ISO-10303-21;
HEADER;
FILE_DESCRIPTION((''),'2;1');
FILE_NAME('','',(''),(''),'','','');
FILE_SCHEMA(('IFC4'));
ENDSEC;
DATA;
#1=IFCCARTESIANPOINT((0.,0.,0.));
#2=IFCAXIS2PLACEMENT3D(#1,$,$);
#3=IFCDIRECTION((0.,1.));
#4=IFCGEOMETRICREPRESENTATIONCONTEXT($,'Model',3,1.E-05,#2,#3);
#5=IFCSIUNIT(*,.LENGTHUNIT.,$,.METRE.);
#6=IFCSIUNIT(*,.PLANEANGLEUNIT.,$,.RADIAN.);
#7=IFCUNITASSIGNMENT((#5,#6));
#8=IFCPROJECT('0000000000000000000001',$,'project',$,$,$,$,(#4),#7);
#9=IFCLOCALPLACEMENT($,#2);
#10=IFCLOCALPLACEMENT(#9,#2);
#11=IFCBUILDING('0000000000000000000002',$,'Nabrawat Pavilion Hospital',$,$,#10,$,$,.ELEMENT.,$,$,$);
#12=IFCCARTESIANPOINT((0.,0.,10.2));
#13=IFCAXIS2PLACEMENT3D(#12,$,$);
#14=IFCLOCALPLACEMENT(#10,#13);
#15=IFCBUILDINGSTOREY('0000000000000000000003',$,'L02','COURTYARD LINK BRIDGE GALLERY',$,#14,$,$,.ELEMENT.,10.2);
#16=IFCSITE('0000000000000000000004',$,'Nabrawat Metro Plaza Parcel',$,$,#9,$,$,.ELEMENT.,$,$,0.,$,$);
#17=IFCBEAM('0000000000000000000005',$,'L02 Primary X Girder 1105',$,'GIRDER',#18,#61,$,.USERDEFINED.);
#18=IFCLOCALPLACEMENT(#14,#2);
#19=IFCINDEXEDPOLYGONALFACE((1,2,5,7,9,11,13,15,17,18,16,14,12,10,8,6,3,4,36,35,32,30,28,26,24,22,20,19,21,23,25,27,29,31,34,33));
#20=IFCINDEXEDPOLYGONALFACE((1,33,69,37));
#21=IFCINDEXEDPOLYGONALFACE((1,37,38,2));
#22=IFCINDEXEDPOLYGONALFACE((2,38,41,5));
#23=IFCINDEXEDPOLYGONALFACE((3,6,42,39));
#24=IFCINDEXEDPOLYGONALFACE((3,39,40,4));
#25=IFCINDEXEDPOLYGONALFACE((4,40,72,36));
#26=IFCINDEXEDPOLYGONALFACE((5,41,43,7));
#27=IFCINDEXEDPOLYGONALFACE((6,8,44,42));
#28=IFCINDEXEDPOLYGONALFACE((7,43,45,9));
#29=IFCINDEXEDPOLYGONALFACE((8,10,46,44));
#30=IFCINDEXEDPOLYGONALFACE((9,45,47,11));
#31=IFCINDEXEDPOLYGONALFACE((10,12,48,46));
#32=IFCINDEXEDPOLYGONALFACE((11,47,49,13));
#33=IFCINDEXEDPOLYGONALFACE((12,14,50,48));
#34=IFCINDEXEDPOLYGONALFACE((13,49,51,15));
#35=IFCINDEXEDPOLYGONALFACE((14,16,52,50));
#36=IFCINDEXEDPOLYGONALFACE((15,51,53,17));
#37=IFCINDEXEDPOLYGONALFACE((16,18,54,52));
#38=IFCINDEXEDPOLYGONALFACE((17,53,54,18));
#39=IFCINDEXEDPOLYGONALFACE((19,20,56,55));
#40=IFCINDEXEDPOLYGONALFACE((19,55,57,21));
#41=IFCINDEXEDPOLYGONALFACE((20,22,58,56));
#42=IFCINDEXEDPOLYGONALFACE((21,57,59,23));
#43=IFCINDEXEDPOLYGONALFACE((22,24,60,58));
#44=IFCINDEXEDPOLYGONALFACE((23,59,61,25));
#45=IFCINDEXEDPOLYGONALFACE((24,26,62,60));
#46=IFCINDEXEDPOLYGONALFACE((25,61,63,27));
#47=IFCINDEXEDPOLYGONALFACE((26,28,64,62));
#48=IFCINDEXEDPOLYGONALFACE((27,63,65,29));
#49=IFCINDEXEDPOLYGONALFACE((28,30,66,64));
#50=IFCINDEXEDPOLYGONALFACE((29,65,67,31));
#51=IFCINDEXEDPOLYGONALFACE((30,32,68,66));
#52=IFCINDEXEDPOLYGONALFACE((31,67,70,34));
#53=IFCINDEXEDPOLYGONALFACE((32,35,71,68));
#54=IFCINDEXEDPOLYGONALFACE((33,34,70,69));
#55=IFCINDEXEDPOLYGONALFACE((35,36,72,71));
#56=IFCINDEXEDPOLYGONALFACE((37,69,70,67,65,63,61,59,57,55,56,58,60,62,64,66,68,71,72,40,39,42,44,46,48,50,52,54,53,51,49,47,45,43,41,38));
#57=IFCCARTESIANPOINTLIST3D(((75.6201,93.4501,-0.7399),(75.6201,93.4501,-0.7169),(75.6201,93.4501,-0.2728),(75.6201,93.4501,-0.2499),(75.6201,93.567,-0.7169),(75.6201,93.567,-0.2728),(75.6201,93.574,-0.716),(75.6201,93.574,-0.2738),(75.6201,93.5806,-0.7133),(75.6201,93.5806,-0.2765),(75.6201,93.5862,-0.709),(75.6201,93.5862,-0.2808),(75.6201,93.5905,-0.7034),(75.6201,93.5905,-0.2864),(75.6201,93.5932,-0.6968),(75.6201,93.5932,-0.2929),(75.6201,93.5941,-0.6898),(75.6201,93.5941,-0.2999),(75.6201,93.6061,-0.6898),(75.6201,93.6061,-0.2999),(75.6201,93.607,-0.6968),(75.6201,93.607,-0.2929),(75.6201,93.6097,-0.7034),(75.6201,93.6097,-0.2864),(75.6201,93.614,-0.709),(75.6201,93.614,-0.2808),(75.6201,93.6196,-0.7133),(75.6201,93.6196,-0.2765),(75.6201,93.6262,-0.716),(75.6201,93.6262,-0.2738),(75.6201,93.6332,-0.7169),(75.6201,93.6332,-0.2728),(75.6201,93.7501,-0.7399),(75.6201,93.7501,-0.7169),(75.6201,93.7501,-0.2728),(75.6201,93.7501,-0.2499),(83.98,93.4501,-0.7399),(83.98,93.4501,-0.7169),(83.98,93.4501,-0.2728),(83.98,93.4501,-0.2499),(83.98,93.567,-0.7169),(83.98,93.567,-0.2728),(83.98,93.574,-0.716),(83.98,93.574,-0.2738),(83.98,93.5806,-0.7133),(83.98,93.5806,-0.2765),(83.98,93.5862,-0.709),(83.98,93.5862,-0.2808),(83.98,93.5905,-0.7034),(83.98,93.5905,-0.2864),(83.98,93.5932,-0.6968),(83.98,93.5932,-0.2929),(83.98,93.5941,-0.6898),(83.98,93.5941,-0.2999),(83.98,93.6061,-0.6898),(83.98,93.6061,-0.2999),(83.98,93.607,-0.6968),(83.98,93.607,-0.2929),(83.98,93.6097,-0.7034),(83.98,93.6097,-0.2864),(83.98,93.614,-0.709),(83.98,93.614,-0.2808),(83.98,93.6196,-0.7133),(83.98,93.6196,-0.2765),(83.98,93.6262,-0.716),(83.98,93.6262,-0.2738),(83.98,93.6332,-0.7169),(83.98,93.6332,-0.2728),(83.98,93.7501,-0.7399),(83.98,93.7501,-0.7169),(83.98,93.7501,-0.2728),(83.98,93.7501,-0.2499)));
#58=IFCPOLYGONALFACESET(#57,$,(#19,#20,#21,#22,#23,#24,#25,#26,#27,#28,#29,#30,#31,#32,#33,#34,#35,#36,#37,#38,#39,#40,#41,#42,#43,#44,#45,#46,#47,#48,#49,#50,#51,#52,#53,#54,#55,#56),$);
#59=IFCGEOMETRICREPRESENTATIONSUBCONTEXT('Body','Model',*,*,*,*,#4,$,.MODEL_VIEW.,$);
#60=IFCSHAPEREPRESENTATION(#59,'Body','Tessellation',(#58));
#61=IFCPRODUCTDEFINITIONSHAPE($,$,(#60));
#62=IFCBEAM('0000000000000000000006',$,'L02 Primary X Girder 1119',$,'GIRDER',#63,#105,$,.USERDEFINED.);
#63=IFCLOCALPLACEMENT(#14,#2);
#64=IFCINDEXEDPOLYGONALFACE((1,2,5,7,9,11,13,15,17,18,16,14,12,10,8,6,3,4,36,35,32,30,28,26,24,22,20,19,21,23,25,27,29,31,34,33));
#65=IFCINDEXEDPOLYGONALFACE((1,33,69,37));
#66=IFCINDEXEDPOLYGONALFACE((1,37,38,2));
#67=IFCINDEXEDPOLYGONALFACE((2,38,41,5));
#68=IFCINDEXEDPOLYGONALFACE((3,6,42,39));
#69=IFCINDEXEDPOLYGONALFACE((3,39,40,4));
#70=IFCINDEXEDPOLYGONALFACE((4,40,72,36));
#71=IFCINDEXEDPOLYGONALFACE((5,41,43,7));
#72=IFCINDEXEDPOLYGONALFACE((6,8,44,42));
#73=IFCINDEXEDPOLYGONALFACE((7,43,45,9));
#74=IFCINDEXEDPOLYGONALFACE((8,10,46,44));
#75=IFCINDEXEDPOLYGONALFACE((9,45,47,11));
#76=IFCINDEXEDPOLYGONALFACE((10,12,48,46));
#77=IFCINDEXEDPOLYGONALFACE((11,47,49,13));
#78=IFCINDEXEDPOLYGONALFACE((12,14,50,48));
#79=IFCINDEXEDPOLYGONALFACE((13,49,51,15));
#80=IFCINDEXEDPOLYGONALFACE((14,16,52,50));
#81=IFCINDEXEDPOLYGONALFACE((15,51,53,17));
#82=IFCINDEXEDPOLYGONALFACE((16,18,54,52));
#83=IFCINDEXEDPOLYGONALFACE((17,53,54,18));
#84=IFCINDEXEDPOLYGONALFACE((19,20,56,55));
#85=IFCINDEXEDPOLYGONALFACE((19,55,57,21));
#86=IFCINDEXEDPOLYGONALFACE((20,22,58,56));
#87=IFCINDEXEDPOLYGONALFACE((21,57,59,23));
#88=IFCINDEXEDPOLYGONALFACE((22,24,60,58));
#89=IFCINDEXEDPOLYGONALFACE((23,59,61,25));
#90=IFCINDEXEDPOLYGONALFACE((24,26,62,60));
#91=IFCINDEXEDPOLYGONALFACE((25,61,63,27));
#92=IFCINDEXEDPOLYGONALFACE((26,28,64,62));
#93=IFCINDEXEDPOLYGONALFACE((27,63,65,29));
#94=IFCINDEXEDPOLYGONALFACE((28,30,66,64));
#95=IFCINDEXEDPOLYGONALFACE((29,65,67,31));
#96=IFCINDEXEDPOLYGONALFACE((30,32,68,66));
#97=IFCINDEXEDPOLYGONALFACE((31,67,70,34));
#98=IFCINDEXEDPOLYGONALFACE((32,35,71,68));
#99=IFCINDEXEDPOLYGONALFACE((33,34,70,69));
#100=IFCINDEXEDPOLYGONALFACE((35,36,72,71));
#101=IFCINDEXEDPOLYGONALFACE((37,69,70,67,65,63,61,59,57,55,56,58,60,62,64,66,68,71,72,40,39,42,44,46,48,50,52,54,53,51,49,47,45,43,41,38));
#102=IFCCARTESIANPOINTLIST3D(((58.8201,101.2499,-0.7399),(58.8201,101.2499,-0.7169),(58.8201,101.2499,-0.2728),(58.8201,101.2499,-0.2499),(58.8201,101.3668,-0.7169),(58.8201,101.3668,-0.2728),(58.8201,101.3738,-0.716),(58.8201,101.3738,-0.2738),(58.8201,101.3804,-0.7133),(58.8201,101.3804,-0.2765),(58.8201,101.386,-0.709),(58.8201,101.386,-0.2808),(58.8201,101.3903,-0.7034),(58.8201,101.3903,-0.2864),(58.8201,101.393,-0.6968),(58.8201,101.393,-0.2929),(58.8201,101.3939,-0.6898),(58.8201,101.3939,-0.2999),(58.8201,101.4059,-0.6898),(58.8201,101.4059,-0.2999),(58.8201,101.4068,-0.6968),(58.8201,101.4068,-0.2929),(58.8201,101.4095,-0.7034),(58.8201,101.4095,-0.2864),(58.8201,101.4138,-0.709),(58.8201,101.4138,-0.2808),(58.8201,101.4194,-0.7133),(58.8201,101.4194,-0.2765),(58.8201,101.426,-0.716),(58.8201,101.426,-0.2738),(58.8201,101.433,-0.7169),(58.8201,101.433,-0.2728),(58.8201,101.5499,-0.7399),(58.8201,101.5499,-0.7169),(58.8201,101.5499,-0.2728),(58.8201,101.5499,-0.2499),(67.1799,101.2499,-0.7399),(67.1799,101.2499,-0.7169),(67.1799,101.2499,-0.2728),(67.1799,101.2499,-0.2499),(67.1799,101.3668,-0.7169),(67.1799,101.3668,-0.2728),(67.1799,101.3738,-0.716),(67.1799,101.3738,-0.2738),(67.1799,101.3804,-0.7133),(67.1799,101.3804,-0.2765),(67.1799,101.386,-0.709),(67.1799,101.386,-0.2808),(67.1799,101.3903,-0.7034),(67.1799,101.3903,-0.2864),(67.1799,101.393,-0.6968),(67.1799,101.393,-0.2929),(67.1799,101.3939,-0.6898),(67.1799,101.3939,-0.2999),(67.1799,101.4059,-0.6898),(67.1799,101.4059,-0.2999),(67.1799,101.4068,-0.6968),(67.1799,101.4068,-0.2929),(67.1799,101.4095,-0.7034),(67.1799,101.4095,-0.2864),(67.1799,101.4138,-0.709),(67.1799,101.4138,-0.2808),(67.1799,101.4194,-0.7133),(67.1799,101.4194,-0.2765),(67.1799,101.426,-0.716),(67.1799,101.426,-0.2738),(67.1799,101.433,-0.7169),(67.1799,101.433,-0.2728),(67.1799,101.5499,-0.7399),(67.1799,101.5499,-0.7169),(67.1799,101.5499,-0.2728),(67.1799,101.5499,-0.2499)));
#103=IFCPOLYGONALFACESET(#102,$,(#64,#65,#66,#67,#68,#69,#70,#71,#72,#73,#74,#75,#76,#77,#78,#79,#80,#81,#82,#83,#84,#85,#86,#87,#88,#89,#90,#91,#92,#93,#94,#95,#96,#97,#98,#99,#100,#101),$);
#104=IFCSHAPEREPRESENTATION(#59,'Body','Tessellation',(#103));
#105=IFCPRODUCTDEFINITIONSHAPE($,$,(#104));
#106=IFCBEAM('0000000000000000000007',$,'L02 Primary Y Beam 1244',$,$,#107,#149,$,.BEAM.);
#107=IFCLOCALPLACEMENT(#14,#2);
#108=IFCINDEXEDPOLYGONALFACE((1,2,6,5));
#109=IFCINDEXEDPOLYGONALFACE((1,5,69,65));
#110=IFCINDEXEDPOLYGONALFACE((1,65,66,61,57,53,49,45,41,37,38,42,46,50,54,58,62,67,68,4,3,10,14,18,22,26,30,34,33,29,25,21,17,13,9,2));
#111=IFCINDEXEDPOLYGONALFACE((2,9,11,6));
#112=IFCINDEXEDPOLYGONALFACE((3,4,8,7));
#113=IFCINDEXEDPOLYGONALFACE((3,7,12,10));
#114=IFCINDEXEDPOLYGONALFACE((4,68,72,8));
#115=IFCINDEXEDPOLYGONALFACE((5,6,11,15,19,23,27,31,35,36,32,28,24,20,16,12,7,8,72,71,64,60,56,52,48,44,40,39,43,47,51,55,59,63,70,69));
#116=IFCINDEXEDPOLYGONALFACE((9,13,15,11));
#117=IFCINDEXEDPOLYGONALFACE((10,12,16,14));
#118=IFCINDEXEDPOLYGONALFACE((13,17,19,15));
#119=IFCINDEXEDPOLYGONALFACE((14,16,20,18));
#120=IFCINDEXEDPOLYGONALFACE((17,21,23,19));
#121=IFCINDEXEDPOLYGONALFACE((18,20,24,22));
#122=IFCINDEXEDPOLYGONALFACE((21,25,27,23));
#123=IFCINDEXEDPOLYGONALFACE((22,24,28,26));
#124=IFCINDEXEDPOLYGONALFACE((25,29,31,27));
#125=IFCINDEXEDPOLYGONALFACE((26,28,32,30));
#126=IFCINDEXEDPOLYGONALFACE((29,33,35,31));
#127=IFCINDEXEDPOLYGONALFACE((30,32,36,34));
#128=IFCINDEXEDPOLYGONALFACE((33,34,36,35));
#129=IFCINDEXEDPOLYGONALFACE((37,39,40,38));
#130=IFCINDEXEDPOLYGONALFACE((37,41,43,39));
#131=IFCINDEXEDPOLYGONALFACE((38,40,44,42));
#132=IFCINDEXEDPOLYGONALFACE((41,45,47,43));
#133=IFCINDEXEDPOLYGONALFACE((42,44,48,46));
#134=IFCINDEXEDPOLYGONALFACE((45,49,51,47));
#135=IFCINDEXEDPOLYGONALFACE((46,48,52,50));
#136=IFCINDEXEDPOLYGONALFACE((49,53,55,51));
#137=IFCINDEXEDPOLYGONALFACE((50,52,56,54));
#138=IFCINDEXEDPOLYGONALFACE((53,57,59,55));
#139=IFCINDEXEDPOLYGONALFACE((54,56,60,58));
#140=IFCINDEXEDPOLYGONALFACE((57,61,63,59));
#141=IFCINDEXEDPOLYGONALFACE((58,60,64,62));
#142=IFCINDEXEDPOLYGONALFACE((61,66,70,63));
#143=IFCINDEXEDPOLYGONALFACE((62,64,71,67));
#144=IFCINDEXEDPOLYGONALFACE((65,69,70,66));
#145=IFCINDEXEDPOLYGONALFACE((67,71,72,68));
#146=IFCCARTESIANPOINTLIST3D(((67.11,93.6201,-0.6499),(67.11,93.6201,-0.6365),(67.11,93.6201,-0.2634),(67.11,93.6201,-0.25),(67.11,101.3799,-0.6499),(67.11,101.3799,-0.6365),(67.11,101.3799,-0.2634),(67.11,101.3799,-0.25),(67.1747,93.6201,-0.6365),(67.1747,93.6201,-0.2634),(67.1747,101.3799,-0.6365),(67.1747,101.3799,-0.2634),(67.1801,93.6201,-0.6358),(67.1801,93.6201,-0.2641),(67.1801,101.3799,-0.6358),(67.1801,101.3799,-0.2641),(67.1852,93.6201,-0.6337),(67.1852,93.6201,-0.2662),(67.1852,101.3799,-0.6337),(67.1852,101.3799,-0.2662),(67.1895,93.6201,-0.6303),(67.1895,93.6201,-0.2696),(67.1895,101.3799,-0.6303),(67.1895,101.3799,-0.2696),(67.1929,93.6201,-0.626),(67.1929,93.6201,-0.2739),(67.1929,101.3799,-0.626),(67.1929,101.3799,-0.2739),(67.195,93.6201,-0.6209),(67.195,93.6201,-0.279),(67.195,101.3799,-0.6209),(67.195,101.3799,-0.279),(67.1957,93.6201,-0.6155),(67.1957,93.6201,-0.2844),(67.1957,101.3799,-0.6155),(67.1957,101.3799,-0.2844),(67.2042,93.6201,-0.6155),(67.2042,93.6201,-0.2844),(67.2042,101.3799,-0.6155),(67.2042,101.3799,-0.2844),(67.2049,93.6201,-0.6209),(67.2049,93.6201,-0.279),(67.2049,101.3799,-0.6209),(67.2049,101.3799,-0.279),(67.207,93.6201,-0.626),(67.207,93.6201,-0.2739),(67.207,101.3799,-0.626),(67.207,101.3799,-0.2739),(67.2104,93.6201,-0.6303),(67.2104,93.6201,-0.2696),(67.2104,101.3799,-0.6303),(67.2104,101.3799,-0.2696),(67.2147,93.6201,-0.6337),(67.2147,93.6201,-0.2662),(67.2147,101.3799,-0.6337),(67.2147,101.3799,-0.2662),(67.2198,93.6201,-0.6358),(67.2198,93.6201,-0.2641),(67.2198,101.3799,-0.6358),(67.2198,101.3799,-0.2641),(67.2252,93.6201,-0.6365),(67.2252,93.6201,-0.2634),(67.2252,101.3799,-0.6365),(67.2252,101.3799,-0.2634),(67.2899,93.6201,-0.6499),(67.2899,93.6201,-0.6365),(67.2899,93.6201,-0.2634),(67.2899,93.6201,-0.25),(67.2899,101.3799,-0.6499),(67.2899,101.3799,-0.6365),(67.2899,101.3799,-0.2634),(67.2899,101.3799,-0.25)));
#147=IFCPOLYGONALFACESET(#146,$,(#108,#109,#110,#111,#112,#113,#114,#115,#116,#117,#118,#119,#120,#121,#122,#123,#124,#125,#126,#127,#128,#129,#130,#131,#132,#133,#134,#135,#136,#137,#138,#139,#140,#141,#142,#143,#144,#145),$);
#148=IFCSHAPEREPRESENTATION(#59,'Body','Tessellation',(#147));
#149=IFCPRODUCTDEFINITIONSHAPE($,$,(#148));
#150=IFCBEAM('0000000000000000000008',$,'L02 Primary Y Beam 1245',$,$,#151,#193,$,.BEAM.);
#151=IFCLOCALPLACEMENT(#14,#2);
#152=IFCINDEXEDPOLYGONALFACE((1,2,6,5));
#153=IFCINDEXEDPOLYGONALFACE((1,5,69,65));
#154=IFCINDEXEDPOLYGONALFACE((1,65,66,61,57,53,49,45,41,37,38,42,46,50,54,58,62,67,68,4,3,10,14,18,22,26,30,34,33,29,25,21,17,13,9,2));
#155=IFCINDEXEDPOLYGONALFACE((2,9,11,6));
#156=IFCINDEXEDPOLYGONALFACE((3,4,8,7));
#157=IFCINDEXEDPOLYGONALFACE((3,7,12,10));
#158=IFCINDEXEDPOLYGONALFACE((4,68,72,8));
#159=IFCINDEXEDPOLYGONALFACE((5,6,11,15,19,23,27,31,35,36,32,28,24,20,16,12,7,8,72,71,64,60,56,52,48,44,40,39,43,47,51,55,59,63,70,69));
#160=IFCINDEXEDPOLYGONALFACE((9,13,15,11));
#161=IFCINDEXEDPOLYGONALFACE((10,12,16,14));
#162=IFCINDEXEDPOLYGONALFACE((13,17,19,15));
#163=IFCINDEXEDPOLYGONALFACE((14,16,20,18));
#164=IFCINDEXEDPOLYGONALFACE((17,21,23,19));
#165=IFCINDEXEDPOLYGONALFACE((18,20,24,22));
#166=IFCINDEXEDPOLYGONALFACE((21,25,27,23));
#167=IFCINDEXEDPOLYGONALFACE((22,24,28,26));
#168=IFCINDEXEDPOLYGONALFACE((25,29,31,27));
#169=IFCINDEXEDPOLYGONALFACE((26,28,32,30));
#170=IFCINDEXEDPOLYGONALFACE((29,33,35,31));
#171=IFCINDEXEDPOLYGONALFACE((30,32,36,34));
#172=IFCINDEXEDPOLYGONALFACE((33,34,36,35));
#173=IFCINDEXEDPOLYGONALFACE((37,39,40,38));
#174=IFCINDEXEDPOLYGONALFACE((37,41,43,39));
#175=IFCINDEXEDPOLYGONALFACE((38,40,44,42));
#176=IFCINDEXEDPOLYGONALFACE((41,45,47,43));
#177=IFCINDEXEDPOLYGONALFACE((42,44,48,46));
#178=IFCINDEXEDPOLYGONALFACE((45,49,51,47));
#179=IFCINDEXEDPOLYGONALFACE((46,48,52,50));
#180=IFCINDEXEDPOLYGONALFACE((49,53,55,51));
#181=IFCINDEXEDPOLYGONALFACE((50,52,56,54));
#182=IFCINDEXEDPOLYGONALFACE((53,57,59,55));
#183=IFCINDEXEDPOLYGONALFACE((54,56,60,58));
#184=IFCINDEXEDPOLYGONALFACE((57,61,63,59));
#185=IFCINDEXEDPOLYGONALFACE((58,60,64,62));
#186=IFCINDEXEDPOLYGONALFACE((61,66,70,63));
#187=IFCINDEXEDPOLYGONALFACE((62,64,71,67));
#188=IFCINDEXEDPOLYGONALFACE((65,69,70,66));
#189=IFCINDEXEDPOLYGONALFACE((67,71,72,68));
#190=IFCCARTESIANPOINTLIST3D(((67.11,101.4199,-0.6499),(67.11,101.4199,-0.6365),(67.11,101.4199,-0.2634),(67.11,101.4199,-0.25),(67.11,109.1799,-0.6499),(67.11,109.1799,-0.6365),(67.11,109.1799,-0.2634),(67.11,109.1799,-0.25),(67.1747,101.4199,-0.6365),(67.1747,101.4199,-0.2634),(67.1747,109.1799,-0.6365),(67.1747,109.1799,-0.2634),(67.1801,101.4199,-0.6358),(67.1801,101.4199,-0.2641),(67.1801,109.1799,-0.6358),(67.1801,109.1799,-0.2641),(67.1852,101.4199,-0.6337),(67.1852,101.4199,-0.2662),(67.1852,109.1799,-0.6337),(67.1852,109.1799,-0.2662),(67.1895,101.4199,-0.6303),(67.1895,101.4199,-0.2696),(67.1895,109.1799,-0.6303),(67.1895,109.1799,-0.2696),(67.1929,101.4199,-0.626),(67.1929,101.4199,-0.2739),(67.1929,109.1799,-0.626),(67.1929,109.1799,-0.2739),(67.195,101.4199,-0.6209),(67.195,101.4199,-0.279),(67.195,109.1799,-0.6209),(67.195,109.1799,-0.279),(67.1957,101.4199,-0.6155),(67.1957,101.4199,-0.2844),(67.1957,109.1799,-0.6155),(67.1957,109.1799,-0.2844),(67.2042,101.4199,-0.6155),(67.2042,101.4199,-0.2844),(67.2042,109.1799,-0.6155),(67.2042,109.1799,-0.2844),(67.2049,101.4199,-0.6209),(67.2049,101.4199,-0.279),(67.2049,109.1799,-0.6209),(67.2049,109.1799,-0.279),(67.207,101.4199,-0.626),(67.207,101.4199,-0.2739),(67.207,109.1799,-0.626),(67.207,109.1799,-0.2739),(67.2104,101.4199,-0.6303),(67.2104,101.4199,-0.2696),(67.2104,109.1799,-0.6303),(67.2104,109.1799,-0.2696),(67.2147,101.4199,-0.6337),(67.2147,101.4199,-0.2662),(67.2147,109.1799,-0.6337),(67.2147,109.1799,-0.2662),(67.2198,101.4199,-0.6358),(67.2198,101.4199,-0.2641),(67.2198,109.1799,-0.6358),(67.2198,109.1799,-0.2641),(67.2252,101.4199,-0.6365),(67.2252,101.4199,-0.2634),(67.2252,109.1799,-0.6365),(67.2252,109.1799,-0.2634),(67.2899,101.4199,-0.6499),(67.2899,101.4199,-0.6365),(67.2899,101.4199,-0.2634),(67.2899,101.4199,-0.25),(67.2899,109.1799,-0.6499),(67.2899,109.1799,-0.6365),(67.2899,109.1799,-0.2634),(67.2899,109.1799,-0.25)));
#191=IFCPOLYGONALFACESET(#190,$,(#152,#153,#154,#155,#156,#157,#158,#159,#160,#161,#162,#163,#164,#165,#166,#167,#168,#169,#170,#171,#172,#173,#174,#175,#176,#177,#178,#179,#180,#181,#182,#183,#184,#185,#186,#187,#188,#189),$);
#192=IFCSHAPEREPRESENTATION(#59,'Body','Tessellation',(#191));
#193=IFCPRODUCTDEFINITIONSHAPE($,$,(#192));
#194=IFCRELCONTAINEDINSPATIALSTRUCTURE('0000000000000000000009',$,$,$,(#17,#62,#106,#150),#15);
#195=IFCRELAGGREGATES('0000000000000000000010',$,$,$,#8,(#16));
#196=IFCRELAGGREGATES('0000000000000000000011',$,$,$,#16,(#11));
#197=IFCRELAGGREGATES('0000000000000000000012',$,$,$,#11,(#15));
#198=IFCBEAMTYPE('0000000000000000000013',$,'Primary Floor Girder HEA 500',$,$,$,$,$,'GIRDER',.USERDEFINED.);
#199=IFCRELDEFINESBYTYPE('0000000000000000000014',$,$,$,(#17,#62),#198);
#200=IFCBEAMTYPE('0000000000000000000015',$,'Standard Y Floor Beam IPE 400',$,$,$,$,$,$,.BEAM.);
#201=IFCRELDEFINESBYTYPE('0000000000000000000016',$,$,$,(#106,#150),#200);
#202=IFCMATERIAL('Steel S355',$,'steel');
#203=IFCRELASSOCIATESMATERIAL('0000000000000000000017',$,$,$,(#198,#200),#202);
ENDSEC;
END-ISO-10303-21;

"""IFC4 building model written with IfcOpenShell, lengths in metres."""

from ifc_helpers import new_model, si_unit, direction, frame, origin, origin_2d, place, context, subcontext, project, spatial, i_section, extrude, material, material_profile, profile_set, type_object, element, save


model = new_model("IFC4")

# Units and contexts
model_context = context("Model", 3, precision=1e-05, world=origin(), true_north=direction((0.0, 1.0)))
body_context = subcontext(model_context, "Body", "Model", "MODEL_VIEW")
ifc_project = project(units=[si_unit("LENGTHUNIT", "METRE"), si_unit("PLANEANGLEUNIT", "RADIAN")], contexts=[model_context])

# Site, building, storey
site_placement = place(None, origin())
site = spatial("IfcSite", under=ifc_project, at=site_placement, Name="Nabrawat Metro Plaza Parcel", CompositionType="ELEMENT", RefElevation=0.0)
building_placement = place(site_placement, origin())
building = spatial("IfcBuilding", under=site, at=building_placement, Name="Nabrawat Pavilion Hospital", CompositionType="ELEMENT")
storey_placement = place(building_placement, frame((0.0, 0.0, 10.2)))
storey = spatial("IfcBuildingStorey", under=building, at=storey_placement, Name="L02", Description="COURTYARD LINK BRIDGE GALLERY", CompositionType="ELEMENT", Elevation=10.2)

# Shared definitions
ifc_material_1 = material(Name="Steel S355", Category="steel")

# Beams
ifc_material_profile_1 = material_profile(ifc_material_1, i_section(OverallWidth=0.3, OverallDepth=0.49, WebThickness=0.012, FlangeThickness=0.0229, FilletRadius=0.0271, at=origin_2d()), Name="HEA 500")
ifc_profile_set_1 = profile_set([ifc_material_profile_1], Name="Steel S355")
beam_type_1 = type_object("IfcBeamType", Name="Primary Floor Girder HEA 500", ElementType="GIRDER", PredefinedType="USERDEFINED", material=ifc_profile_set_1)
for number, where, z_axis, x_axis, name in (
    (1, (75.6201, 93.6001, -0.4949), (1.0, 0.0, 0.0), (0.0, 1.0, 0.0), "L02 Primary X Girder 1105"),
    (2, (58.8201, 101.3999, -0.4949), (1.0, 0.0, 0.0), (0.0, 1.0, 0.0), "L02 Primary X Girder 1119"),
):
    element("IfcBeam", number, at=place(storey_placement, frame(where, z_axis=z_axis, x_axis=x_axis)), inside=storey, type_object=beam_type_1, Name=name, ObjectType="GIRDER", PredefinedType="USERDEFINED", context=body_context, shape_type="SweptSolid", body=[
        extrude(i_section(OverallWidth=0.3, OverallDepth=0.49, WebThickness=0.012, FlangeThickness=0.0229, FilletRadius=0.0271, at=origin_2d()), origin(), (0.0, 0.0, 1.0), 8.3599),
    ])
ifc_material_profile_2 = material_profile(ifc_material_1, i_section(OverallWidth=0.1799, OverallDepth=0.3999, WebThickness=0.0085, FlangeThickness=0.0134, FilletRadius=0.021, at=origin_2d()), Name="IPE 400")
ifc_profile_set_2 = profile_set([ifc_material_profile_2], Name="Steel S355")
beam_type_2 = type_object("IfcBeamType", Name="Standard Y Floor Beam IPE 400", PredefinedType="BEAM", material=ifc_profile_set_2)
beam_1_placement = place(storey_placement, frame((67.2, 93.6201, -0.45), z_axis=(0.0, 1.0, 0.0), x_axis=(-1.0, 0.0, 0.0)))
element("IfcBeam", 3, at=beam_1_placement, inside=storey, type_object=beam_type_2, Name="L02 Primary Y Beam 1244", PredefinedType="BEAM", context=body_context, shape_type="SweptSolid", body=[
    extrude(i_section(OverallWidth=0.1799, OverallDepth=0.3999, WebThickness=0.0085, FlangeThickness=0.0134, FilletRadius=0.021, at=origin_2d()), origin(), (0.0, 0.0, 1.0), 7.7598),
])
beam_2_placement = place(storey_placement, frame((67.2, 101.4199, -0.45), z_axis=(0.0, 1.0, 0.0), x_axis=(-1.0, 0.0, 0.0)))
element("IfcBeam", 4, at=beam_2_placement, inside=storey, type_object=beam_type_2, Name="L02 Primary Y Beam 1245", PredefinedType="BEAM", context=body_context, shape_type="SweptSolid", body=[
    extrude(i_section(OverallWidth=0.1799, OverallDepth=0.3999, WebThickness=0.0085, FlangeThickness=0.0134, FilletRadius=0.021, at=origin_2d()), origin(), (0.0, 0.0, 1.0), 7.76),
])

save(model, "model.ifc")
